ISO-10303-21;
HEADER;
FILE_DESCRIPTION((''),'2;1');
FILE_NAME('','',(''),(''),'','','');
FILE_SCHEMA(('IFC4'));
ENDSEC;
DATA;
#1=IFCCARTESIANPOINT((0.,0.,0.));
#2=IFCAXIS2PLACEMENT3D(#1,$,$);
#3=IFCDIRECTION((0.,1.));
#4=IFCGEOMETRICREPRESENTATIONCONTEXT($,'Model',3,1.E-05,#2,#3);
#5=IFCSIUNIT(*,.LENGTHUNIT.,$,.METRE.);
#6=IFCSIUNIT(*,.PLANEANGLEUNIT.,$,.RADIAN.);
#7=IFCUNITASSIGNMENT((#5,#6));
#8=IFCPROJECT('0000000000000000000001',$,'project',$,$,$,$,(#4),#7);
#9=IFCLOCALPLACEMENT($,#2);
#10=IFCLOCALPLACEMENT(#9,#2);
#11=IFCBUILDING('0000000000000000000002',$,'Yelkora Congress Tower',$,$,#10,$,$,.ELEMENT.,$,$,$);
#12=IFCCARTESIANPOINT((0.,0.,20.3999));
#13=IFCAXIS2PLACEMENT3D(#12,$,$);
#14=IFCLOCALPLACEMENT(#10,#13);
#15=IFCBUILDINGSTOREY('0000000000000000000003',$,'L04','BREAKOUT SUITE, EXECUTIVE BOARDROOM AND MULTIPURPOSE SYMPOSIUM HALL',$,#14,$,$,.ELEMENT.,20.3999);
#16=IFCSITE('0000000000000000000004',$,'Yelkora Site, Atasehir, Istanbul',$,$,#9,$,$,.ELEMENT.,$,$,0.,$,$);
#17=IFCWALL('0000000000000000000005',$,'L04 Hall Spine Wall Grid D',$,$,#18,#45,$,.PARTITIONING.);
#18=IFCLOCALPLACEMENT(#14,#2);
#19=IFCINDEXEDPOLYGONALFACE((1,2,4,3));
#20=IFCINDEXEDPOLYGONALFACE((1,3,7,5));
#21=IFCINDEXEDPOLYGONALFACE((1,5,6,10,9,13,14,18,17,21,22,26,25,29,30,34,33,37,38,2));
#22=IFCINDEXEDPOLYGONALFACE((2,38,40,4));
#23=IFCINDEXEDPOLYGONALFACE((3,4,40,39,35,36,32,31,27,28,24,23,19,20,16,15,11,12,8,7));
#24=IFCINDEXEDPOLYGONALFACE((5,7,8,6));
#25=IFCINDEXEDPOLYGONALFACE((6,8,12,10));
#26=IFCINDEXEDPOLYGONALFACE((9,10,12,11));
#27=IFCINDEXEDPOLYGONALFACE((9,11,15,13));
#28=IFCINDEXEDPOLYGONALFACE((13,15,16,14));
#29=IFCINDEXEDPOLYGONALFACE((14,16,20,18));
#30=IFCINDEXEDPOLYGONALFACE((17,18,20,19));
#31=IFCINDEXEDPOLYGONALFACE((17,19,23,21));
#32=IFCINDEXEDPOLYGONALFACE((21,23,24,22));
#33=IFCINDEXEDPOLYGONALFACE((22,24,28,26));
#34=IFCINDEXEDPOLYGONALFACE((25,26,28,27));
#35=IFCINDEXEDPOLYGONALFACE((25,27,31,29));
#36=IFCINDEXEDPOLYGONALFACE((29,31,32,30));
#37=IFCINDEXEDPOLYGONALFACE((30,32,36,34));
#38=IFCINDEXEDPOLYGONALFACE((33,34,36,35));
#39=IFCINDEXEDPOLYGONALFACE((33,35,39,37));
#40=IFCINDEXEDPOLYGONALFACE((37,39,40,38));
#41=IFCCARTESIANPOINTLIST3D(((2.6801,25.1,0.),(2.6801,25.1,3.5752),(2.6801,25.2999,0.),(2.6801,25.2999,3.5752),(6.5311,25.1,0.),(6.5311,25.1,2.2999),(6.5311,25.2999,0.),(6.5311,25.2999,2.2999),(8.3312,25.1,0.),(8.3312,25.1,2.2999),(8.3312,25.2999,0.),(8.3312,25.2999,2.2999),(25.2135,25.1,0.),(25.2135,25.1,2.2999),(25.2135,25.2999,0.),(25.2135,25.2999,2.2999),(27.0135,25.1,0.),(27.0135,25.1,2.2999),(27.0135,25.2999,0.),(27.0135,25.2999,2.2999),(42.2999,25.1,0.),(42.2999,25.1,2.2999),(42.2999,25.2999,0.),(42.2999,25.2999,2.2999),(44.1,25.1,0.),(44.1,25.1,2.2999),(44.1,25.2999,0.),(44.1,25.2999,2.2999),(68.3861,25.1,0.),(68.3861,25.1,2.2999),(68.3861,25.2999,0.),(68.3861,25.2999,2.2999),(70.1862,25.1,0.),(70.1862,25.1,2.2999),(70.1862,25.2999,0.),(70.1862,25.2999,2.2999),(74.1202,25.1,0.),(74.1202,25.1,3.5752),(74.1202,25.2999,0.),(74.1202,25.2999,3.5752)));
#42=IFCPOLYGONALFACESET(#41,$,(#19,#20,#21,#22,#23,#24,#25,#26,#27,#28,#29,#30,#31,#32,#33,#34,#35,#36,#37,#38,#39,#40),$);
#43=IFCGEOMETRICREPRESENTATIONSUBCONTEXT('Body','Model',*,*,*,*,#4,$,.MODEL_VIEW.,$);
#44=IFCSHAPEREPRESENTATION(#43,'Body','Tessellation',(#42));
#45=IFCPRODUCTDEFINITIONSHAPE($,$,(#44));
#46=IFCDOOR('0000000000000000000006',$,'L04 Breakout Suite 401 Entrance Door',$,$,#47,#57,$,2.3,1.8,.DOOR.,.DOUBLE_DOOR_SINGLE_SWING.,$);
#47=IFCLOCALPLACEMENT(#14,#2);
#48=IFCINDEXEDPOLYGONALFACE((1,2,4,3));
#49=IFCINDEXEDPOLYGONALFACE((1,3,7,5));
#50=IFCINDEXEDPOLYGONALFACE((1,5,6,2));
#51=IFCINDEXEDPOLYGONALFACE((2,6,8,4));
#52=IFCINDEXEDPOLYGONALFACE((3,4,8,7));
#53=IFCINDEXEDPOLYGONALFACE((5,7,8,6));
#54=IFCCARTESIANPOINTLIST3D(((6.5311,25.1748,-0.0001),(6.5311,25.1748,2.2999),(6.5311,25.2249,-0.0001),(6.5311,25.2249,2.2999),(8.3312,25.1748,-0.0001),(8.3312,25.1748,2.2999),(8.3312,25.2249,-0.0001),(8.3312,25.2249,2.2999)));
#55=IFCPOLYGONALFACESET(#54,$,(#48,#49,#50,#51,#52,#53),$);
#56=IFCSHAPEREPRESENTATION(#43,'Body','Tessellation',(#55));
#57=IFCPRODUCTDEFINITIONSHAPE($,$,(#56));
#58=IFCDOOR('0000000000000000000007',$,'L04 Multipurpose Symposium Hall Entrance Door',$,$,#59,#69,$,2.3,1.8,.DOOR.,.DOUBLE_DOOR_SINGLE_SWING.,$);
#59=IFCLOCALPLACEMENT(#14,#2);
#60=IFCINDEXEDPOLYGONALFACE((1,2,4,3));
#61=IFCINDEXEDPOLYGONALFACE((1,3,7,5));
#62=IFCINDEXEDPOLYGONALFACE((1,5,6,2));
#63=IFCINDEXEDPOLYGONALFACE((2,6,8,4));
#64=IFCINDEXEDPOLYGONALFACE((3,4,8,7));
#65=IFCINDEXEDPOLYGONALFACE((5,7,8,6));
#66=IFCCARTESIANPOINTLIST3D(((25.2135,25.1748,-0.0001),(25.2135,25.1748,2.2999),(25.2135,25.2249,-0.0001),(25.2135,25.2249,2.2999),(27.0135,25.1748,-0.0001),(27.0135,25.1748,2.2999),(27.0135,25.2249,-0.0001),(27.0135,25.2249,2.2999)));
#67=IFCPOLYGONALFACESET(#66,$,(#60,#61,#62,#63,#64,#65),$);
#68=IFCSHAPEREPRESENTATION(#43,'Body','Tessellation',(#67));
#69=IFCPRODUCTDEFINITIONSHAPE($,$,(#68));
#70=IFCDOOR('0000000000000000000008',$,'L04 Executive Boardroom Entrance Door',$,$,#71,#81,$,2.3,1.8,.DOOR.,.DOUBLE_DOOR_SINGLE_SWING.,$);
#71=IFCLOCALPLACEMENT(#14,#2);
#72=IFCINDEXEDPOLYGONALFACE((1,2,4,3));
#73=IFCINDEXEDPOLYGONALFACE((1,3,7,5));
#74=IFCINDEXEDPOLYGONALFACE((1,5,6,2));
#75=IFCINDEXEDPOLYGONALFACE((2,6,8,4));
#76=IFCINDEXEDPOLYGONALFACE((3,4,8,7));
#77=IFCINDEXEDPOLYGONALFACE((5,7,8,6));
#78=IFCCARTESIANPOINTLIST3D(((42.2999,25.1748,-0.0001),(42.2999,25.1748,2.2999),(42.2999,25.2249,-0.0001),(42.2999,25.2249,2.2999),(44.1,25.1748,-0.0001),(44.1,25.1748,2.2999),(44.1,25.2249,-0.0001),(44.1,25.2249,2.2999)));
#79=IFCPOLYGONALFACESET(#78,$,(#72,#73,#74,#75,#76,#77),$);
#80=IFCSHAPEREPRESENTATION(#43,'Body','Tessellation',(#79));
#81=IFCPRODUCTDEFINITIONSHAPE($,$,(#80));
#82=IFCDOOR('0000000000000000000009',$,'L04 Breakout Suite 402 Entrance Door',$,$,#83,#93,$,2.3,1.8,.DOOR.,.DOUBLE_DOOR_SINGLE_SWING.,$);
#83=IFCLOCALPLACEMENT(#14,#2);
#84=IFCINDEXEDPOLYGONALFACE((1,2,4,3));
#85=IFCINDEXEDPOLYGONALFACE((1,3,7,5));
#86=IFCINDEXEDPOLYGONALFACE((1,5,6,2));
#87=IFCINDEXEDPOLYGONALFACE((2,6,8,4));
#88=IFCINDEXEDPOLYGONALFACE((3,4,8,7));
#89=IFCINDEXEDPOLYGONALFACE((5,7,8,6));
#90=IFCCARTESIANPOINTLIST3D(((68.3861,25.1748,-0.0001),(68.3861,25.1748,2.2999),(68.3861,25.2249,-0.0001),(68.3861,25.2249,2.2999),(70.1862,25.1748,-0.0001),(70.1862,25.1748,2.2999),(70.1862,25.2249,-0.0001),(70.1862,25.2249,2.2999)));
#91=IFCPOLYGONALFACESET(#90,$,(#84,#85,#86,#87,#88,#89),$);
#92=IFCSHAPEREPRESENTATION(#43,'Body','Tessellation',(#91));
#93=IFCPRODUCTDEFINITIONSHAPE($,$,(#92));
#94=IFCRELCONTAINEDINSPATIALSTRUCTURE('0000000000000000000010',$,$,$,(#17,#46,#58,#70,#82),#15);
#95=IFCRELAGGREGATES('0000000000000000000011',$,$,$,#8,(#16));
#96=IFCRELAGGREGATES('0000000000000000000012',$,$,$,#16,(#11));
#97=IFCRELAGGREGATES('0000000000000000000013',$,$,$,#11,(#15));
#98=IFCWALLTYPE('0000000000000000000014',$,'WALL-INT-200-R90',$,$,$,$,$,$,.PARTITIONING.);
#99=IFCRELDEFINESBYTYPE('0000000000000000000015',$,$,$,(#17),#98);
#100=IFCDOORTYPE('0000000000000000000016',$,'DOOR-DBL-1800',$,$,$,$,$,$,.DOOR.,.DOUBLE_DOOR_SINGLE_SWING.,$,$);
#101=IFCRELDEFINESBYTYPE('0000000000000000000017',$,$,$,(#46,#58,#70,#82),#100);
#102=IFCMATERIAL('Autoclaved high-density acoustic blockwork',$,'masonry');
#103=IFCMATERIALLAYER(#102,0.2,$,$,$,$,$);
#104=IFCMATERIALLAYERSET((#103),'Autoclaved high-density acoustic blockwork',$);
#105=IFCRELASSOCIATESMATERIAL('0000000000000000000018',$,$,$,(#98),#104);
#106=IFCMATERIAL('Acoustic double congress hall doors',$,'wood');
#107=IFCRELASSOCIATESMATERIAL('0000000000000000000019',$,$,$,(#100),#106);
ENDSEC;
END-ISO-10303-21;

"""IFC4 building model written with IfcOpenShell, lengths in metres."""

from ifc_helpers import new_model, si_unit, direction, frame, frame_2d, origin, place, context, subcontext, project, spatial, rectangle, extrude, material, layer, layer_set, type_object, element, fill, save


model = new_model("IFC4")

# Units and contexts
model_context = context("Model", 3, precision=1e-05, world=origin(), true_north=direction((0.0, 1.0)))
body_context = subcontext(model_context, "Body", "Model", "MODEL_VIEW")
ifc_project = project(units=[si_unit("LENGTHUNIT", "METRE"), si_unit("PLANEANGLEUNIT", "RADIAN")], contexts=[model_context])

# Site, building, storey
site_placement = place(None, origin())
site = spatial("IfcSite", under=ifc_project, at=site_placement, Name="Yelkora Site, Atasehir, Istanbul", CompositionType="ELEMENT", RefElevation=0.0)
building_placement = place(site_placement, origin())
building = spatial("IfcBuilding", under=site, at=building_placement, Name="Yelkora Congress Tower", CompositionType="ELEMENT")
storey_placement = place(building_placement, frame((0.0, 0.0, 20.3999)))
storey = spatial("IfcBuildingStorey", under=building, at=storey_placement, Name="L04", Description="BREAKOUT SUITE, EXECUTIVE BOARDROOM AND MULTIPURPOSE SYMPOSIUM HALL", CompositionType="ELEMENT", Elevation=20.3999)

# Wall, openings, doors
ifc_material_1 = material(Name="Autoclaved high-density acoustic blockwork", Category="masonry")
ifc_layer_1 = layer(ifc_material_1, 0.2)
ifc_layer_set_1 = layer_set([ifc_layer_1], Name="Autoclaved high-density acoustic blockwork")
wall_type = type_object("IfcWallType", Name="WALL-INT-200-R90", PredefinedType="PARTITIONING", material=ifc_layer_set_1)
wall_placement = place(storey_placement, frame((2.6799, 25.2, 0.0), z_axis=(0.0, 0.0, 1.0), x_axis=(1.0, 0.0, 0.0)))
wall = element("IfcWall", 1, at=wall_placement, inside=storey, type_object=wall_type, Name="L04 Hall Spine Wall Grid D", PredefinedType="PARTITIONING", context=body_context, shape_type="SweptSolid", body=[
    extrude(rectangle(XDim=71.4402, YDim=0.2, at=frame_2d((35.7202, 0.0))), origin(), (0.0, 0.0, 1.0), 3.5752),
])
opening_1_placement = place(wall_placement, frame((3.8513, 0.0, 0.0)))
opening_1 = element("IfcOpeningElement", 2, at=opening_1_placement, cuts=wall, PredefinedType="OPENING", context=body_context, shape_type="SweptSolid", body=[
    extrude(rectangle(XDim=1.8, YDim=2.3, at=frame_2d((0.8999, 1.1499))), frame((0.0, 0.1099, 0.0), z_axis=(0.0, -1.0, 0.0), x_axis=(1.0, 0.0, 0.0)), (0.0, 0.0, 1.0), 0.22),
])
opening_2_placement = place(wall_placement, frame((22.5337, 0.0, 0.0)))
opening_2 = element("IfcOpeningElement", 3, at=opening_2_placement, cuts=wall, PredefinedType="OPENING", context=body_context, shape_type="SweptSolid", body=[
    extrude(rectangle(XDim=1.8, YDim=2.3, at=frame_2d((0.8999, 1.1499))), frame((0.0, 0.1099, 0.0), z_axis=(0.0, -1.0, 0.0), x_axis=(1.0, 0.0, 0.0)), (0.0, 0.0, 1.0), 0.22),
])
opening_3_placement = place(wall_placement, frame((39.6201, 0.0, 0.0)))
opening_3 = element("IfcOpeningElement", 4, at=opening_3_placement, cuts=wall, PredefinedType="OPENING", context=body_context, shape_type="SweptSolid", body=[
    extrude(rectangle(XDim=1.8, YDim=2.3, at=frame_2d((0.8999, 1.1499))), frame((0.0, 0.1099, 0.0), z_axis=(0.0, -1.0, 0.0), x_axis=(1.0, 0.0, 0.0)), (0.0, 0.0, 1.0), 0.22),
])
opening_4_placement = place(wall_placement, frame((65.7063, 0.0, 0.0)))
opening_4 = element("IfcOpeningElement", 5, at=opening_4_placement, cuts=wall, PredefinedType="OPENING", context=body_context, shape_type="SweptSolid", body=[
    extrude(rectangle(XDim=1.8, YDim=2.3, at=frame_2d((0.8999, 1.1499))), frame((0.0, 0.1099, 0.0), z_axis=(0.0, -1.0, 0.0), x_axis=(1.0, 0.0, 0.0)), (0.0, 0.0, 1.0), 0.22),
])
ifc_material_2 = material(Name="Acoustic double congress hall doors", Category="wood")
door_type = type_object("IfcDoorType", Name="DOOR-DBL-1800", OperationType="DOUBLE_DOOR_SINGLE_SWING", PredefinedType="DOOR", material=ifc_material_2)
door_1_placement = place(opening_1_placement, origin())
door_1 = element("IfcDoor", 6, at=door_1_placement, inside=storey, type_object=door_type, Name="L04 Breakout Suite 401 Entrance Door", OperationType="DOUBLE_DOOR_SINGLE_SWING", OverallHeight=2.3, OverallWidth=1.8, PredefinedType="DOOR", context=body_context, shape_type="SweptSolid", body=[
    extrude(rectangle(XDim=1.8, YDim=2.3, at=frame_2d((0.8999, 1.1499))), frame((0.0, 0.0249, 0.0), z_axis=(0.0, -1.0, 0.0), x_axis=(1.0, 0.0, 0.0)), (0.0, 0.0, 1.0), 0.05),
])
fill(opening_1, door_1)
door_2_placement = place(opening_2_placement, origin())
door_2 = element("IfcDoor", 7, at=door_2_placement, inside=storey, type_object=door_type, Name="L04 Multipurpose Symposium Hall Entrance Door", OperationType="DOUBLE_DOOR_SINGLE_SWING", OverallHeight=2.3, OverallWidth=1.8, PredefinedType="DOOR", context=body_context, shape_type="SweptSolid", body=[
    extrude(rectangle(XDim=1.8, YDim=2.3, at=frame_2d((0.8999, 1.1499))), frame((0.0, 0.0249, 0.0), z_axis=(0.0, -1.0, 0.0), x_axis=(1.0, 0.0, 0.0)), (0.0, 0.0, 1.0), 0.05),
])
fill(opening_2, door_2)
door_3_placement = place(opening_3_placement, origin())
door_3 = element("IfcDoor", 8, at=door_3_placement, inside=storey, type_object=door_type, Name="L04 Executive Boardroom Entrance Door", OperationType="DOUBLE_DOOR_SINGLE_SWING", OverallHeight=2.3, OverallWidth=1.8, PredefinedType="DOOR", context=body_context, shape_type="SweptSolid", body=[
    extrude(rectangle(XDim=1.8, YDim=2.3, at=frame_2d((0.8999, 1.1499))), frame((0.0, 0.0249, 0.0), z_axis=(0.0, -1.0, 0.0), x_axis=(1.0, 0.0, 0.0)), (0.0, 0.0, 1.0), 0.05),
])
fill(opening_3, door_3)
door_4_placement = place(opening_4_placement, origin())
door_4 = element("IfcDoor", 9, at=door_4_placement, inside=storey, type_object=door_type, Name="L04 Breakout Suite 402 Entrance Door", OperationType="DOUBLE_DOOR_SINGLE_SWING", OverallHeight=2.3, OverallWidth=1.8, PredefinedType="DOOR", context=body_context, shape_type="SweptSolid", body=[
    extrude(rectangle(XDim=1.8, YDim=2.3, at=frame_2d((0.8999, 1.1499))), frame((0.0, 0.0249, 0.0), z_axis=(0.0, -1.0, 0.0), x_axis=(1.0, 0.0, 0.0)), (0.0, 0.0, 1.0), 0.05),
])
fill(opening_4, door_4)

save(model, "model.ifc")
